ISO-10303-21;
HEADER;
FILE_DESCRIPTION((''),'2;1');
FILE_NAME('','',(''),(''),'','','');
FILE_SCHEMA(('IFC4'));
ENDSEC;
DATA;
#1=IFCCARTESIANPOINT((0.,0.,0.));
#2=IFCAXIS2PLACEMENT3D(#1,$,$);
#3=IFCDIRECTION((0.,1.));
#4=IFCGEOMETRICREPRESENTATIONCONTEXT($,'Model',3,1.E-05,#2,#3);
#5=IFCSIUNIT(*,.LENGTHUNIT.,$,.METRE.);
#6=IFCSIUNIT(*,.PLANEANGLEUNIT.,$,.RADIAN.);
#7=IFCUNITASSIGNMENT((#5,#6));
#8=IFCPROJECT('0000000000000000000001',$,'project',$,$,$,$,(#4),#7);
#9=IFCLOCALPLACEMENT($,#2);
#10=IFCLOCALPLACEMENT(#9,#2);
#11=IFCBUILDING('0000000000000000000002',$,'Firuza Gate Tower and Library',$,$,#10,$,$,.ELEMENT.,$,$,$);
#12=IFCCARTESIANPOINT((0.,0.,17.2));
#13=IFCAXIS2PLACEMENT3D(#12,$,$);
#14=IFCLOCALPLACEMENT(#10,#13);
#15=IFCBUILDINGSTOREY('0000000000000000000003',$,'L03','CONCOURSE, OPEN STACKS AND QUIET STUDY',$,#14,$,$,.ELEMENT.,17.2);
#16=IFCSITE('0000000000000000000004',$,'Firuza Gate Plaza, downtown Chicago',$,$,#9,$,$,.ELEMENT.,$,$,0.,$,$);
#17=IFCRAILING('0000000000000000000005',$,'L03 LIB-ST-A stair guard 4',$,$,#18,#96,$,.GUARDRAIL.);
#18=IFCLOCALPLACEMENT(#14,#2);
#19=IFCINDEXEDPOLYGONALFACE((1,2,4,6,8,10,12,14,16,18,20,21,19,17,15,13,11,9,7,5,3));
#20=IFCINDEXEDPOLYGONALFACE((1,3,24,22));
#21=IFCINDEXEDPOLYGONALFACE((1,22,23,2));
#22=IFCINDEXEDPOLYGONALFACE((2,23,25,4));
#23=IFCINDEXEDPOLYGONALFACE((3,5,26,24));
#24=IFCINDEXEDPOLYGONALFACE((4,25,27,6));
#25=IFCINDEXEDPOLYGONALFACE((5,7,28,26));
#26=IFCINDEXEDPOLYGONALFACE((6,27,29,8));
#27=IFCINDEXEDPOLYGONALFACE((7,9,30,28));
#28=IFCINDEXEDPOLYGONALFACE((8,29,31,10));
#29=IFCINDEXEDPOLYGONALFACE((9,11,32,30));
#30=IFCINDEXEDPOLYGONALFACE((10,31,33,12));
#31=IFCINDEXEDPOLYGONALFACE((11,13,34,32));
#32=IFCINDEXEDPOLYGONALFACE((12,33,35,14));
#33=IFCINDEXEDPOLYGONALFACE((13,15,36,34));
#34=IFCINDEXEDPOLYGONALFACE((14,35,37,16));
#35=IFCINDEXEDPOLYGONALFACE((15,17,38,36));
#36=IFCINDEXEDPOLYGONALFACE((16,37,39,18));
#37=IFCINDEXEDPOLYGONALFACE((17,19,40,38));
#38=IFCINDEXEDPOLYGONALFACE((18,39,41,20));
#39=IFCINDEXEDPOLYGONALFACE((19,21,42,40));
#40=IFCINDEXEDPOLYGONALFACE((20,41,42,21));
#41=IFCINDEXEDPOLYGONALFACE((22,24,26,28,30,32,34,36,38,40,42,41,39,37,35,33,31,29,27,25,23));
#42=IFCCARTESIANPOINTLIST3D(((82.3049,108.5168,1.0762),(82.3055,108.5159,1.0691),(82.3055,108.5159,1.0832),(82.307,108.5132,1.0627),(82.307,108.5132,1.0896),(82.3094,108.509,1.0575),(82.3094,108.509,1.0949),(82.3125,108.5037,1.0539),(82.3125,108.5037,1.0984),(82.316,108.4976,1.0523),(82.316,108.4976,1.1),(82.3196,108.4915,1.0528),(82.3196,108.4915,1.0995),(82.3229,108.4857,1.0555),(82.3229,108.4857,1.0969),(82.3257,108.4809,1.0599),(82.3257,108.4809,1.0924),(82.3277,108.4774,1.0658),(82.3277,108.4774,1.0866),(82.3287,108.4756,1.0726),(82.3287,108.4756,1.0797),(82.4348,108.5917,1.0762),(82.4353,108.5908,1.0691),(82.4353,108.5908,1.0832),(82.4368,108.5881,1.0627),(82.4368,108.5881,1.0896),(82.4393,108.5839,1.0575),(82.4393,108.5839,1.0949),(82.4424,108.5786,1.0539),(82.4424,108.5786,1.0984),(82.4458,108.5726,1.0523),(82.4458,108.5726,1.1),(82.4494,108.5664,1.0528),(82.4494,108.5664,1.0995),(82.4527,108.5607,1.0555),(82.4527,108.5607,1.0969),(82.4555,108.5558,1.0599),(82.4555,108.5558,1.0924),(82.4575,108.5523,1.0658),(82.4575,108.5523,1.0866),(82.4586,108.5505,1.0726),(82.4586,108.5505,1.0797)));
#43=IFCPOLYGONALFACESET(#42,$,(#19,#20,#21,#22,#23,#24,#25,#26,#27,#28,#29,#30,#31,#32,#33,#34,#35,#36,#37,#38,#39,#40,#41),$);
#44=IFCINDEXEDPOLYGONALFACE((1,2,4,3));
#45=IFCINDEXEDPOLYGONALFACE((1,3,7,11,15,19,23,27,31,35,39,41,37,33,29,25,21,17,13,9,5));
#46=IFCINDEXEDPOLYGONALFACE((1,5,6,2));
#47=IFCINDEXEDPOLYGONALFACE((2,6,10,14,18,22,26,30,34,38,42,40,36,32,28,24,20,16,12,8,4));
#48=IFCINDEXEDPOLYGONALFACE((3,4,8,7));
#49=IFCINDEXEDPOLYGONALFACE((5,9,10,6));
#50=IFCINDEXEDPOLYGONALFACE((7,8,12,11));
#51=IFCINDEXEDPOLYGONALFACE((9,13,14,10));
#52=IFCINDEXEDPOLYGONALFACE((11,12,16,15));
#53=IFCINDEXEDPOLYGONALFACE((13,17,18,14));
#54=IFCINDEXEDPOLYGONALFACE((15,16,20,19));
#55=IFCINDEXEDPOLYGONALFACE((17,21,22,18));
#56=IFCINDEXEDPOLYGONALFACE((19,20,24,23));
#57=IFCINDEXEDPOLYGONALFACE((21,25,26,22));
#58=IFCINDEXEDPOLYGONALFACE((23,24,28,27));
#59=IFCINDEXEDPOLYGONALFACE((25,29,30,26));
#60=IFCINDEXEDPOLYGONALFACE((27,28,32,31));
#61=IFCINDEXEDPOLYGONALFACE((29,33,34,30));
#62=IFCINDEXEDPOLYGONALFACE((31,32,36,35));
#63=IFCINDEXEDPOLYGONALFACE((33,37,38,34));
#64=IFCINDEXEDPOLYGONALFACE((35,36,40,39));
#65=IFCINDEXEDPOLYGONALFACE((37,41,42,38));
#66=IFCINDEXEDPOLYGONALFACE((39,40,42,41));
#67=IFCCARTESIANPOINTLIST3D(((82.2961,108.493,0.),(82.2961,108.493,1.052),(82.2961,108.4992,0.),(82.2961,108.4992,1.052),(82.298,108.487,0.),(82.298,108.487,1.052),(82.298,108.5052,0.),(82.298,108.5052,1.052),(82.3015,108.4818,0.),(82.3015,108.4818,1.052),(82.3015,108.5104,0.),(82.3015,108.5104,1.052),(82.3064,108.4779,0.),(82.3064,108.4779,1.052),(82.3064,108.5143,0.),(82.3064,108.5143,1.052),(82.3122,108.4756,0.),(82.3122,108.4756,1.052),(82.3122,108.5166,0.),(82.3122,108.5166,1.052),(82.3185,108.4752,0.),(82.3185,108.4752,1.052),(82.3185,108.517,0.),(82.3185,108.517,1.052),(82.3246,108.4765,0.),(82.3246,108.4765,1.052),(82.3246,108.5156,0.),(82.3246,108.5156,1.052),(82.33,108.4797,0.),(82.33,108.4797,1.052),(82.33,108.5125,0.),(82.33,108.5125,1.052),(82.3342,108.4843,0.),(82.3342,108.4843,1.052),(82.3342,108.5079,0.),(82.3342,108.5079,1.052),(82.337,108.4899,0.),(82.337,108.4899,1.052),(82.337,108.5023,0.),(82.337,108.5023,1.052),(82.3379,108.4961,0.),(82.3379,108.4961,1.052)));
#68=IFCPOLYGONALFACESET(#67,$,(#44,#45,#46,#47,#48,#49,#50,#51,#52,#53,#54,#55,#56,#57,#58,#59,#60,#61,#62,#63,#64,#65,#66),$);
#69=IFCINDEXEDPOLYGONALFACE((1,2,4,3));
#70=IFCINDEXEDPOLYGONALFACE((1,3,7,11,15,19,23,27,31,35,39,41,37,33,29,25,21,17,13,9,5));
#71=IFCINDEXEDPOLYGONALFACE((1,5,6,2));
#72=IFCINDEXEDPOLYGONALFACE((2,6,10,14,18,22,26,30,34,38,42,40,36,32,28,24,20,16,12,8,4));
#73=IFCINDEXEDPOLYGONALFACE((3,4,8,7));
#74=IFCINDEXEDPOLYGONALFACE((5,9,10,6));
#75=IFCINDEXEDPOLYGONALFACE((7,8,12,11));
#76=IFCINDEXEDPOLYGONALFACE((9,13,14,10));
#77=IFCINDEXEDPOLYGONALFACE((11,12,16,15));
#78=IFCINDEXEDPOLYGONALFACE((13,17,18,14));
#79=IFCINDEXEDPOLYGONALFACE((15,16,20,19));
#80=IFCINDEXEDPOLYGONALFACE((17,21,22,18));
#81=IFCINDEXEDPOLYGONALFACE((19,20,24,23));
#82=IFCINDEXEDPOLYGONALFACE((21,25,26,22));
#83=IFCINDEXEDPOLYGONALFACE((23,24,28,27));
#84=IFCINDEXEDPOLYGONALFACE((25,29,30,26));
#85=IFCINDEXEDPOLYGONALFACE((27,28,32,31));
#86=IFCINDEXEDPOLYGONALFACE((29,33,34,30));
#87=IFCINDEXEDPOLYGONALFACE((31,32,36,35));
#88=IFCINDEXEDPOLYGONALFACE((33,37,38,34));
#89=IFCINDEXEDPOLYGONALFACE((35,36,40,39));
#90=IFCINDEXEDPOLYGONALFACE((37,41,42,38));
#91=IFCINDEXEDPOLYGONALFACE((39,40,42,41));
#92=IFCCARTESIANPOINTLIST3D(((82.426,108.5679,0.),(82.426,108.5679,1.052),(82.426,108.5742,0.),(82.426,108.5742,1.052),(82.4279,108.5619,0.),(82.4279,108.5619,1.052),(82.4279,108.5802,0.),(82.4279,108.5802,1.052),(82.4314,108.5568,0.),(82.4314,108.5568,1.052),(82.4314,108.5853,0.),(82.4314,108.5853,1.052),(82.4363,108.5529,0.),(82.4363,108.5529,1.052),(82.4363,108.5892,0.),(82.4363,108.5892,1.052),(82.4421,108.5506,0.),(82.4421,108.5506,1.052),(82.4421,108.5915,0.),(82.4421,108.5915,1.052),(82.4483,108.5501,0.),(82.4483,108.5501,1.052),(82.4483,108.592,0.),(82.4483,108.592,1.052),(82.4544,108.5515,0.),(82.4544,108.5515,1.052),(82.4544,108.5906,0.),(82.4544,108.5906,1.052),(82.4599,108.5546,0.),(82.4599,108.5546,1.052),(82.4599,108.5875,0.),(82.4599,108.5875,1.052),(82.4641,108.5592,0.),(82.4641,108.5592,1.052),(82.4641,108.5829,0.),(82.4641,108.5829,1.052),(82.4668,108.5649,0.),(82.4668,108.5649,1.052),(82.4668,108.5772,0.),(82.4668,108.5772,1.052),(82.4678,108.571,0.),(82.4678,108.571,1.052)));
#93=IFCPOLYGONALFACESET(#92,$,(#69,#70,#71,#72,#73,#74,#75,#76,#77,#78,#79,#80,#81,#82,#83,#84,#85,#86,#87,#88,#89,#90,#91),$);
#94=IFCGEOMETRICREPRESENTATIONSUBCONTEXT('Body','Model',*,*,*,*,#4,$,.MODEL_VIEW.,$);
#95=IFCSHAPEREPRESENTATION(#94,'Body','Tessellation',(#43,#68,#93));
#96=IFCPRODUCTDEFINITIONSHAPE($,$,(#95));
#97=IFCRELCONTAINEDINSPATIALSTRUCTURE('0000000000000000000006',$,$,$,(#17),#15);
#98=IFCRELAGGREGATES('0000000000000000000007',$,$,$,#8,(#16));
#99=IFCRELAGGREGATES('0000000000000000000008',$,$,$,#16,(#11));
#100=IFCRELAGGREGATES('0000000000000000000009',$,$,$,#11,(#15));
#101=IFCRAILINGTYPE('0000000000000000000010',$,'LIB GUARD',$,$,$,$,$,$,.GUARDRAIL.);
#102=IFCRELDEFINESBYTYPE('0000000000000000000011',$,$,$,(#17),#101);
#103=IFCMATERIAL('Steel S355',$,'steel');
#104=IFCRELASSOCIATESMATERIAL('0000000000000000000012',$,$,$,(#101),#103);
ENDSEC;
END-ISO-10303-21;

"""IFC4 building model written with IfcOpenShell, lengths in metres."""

from ifc_helpers import new_model, si_unit, direction, frame, origin, origin_2d, place, context, subcontext, project, spatial, circle, extrude, material, type_object, element, save


model = new_model("IFC4")

# Units and contexts
model_context = context("Model", 3, precision=1e-05, world=origin(), true_north=direction((0.0, 1.0)))
body_context = subcontext(model_context, "Body", "Model", "MODEL_VIEW")
ifc_project = project(units=[si_unit("LENGTHUNIT", "METRE"), si_unit("PLANEANGLEUNIT", "RADIAN")], contexts=[model_context])

# Site, building, storey
site_placement = place(None, origin())
site = spatial("IfcSite", under=ifc_project, at=site_placement, Name="Firuza Gate Plaza, downtown Chicago", CompositionType="ELEMENT", RefElevation=0.0)
building_placement = place(site_placement, origin())
building = spatial("IfcBuilding", under=site, at=building_placement, Name="Firuza Gate Tower and Library", CompositionType="ELEMENT")
storey_placement = place(building_placement, frame((0.0, 0.0, 17.2)))
storey = spatial("IfcBuildingStorey", under=building, at=storey_placement, Name="L03", Description="CONCOURSE, OPEN STACKS AND QUIET STUDY", CompositionType="ELEMENT", Elevation=17.2)

# Railing
ifc_material_1 = material(Name="Steel S355", Category="steel")
railing_type_1 = type_object("IfcRailingType", Name="LIB GUARD", PredefinedType="GUARDRAIL", material=ifc_material_1)
railing_1_placement = place(storey_placement, frame((82.3169, 108.4961, 0.0)))
element("IfcRailing", 1, at=railing_1_placement, inside=storey, type_object=railing_type_1, Name="L03 LIB-ST-A stair guard 4", PredefinedType="GUARDRAIL", context=body_context, shape_type="SweptSolid", body=[
    extrude(circle(Radius=0.0239, at=origin_2d()), frame((0.0, 0.0, 1.0762), z_axis=(0.866131, 0.499816, 0.0), x_axis=(-0.499816, 0.866131, 0.0)), (0.0, 0.0, 1.0), 0.1499),
    extrude(circle(Radius=0.021, at=origin_2d()), origin(), (0.0, 0.0, 1.0), 1.052),
    extrude(circle(Radius=0.021, at=origin_2d()), frame((0.1299, 0.075, 0.0)), (0.0, 0.0, 1.0), 1.052),
])

save(model, "model.ifc")
